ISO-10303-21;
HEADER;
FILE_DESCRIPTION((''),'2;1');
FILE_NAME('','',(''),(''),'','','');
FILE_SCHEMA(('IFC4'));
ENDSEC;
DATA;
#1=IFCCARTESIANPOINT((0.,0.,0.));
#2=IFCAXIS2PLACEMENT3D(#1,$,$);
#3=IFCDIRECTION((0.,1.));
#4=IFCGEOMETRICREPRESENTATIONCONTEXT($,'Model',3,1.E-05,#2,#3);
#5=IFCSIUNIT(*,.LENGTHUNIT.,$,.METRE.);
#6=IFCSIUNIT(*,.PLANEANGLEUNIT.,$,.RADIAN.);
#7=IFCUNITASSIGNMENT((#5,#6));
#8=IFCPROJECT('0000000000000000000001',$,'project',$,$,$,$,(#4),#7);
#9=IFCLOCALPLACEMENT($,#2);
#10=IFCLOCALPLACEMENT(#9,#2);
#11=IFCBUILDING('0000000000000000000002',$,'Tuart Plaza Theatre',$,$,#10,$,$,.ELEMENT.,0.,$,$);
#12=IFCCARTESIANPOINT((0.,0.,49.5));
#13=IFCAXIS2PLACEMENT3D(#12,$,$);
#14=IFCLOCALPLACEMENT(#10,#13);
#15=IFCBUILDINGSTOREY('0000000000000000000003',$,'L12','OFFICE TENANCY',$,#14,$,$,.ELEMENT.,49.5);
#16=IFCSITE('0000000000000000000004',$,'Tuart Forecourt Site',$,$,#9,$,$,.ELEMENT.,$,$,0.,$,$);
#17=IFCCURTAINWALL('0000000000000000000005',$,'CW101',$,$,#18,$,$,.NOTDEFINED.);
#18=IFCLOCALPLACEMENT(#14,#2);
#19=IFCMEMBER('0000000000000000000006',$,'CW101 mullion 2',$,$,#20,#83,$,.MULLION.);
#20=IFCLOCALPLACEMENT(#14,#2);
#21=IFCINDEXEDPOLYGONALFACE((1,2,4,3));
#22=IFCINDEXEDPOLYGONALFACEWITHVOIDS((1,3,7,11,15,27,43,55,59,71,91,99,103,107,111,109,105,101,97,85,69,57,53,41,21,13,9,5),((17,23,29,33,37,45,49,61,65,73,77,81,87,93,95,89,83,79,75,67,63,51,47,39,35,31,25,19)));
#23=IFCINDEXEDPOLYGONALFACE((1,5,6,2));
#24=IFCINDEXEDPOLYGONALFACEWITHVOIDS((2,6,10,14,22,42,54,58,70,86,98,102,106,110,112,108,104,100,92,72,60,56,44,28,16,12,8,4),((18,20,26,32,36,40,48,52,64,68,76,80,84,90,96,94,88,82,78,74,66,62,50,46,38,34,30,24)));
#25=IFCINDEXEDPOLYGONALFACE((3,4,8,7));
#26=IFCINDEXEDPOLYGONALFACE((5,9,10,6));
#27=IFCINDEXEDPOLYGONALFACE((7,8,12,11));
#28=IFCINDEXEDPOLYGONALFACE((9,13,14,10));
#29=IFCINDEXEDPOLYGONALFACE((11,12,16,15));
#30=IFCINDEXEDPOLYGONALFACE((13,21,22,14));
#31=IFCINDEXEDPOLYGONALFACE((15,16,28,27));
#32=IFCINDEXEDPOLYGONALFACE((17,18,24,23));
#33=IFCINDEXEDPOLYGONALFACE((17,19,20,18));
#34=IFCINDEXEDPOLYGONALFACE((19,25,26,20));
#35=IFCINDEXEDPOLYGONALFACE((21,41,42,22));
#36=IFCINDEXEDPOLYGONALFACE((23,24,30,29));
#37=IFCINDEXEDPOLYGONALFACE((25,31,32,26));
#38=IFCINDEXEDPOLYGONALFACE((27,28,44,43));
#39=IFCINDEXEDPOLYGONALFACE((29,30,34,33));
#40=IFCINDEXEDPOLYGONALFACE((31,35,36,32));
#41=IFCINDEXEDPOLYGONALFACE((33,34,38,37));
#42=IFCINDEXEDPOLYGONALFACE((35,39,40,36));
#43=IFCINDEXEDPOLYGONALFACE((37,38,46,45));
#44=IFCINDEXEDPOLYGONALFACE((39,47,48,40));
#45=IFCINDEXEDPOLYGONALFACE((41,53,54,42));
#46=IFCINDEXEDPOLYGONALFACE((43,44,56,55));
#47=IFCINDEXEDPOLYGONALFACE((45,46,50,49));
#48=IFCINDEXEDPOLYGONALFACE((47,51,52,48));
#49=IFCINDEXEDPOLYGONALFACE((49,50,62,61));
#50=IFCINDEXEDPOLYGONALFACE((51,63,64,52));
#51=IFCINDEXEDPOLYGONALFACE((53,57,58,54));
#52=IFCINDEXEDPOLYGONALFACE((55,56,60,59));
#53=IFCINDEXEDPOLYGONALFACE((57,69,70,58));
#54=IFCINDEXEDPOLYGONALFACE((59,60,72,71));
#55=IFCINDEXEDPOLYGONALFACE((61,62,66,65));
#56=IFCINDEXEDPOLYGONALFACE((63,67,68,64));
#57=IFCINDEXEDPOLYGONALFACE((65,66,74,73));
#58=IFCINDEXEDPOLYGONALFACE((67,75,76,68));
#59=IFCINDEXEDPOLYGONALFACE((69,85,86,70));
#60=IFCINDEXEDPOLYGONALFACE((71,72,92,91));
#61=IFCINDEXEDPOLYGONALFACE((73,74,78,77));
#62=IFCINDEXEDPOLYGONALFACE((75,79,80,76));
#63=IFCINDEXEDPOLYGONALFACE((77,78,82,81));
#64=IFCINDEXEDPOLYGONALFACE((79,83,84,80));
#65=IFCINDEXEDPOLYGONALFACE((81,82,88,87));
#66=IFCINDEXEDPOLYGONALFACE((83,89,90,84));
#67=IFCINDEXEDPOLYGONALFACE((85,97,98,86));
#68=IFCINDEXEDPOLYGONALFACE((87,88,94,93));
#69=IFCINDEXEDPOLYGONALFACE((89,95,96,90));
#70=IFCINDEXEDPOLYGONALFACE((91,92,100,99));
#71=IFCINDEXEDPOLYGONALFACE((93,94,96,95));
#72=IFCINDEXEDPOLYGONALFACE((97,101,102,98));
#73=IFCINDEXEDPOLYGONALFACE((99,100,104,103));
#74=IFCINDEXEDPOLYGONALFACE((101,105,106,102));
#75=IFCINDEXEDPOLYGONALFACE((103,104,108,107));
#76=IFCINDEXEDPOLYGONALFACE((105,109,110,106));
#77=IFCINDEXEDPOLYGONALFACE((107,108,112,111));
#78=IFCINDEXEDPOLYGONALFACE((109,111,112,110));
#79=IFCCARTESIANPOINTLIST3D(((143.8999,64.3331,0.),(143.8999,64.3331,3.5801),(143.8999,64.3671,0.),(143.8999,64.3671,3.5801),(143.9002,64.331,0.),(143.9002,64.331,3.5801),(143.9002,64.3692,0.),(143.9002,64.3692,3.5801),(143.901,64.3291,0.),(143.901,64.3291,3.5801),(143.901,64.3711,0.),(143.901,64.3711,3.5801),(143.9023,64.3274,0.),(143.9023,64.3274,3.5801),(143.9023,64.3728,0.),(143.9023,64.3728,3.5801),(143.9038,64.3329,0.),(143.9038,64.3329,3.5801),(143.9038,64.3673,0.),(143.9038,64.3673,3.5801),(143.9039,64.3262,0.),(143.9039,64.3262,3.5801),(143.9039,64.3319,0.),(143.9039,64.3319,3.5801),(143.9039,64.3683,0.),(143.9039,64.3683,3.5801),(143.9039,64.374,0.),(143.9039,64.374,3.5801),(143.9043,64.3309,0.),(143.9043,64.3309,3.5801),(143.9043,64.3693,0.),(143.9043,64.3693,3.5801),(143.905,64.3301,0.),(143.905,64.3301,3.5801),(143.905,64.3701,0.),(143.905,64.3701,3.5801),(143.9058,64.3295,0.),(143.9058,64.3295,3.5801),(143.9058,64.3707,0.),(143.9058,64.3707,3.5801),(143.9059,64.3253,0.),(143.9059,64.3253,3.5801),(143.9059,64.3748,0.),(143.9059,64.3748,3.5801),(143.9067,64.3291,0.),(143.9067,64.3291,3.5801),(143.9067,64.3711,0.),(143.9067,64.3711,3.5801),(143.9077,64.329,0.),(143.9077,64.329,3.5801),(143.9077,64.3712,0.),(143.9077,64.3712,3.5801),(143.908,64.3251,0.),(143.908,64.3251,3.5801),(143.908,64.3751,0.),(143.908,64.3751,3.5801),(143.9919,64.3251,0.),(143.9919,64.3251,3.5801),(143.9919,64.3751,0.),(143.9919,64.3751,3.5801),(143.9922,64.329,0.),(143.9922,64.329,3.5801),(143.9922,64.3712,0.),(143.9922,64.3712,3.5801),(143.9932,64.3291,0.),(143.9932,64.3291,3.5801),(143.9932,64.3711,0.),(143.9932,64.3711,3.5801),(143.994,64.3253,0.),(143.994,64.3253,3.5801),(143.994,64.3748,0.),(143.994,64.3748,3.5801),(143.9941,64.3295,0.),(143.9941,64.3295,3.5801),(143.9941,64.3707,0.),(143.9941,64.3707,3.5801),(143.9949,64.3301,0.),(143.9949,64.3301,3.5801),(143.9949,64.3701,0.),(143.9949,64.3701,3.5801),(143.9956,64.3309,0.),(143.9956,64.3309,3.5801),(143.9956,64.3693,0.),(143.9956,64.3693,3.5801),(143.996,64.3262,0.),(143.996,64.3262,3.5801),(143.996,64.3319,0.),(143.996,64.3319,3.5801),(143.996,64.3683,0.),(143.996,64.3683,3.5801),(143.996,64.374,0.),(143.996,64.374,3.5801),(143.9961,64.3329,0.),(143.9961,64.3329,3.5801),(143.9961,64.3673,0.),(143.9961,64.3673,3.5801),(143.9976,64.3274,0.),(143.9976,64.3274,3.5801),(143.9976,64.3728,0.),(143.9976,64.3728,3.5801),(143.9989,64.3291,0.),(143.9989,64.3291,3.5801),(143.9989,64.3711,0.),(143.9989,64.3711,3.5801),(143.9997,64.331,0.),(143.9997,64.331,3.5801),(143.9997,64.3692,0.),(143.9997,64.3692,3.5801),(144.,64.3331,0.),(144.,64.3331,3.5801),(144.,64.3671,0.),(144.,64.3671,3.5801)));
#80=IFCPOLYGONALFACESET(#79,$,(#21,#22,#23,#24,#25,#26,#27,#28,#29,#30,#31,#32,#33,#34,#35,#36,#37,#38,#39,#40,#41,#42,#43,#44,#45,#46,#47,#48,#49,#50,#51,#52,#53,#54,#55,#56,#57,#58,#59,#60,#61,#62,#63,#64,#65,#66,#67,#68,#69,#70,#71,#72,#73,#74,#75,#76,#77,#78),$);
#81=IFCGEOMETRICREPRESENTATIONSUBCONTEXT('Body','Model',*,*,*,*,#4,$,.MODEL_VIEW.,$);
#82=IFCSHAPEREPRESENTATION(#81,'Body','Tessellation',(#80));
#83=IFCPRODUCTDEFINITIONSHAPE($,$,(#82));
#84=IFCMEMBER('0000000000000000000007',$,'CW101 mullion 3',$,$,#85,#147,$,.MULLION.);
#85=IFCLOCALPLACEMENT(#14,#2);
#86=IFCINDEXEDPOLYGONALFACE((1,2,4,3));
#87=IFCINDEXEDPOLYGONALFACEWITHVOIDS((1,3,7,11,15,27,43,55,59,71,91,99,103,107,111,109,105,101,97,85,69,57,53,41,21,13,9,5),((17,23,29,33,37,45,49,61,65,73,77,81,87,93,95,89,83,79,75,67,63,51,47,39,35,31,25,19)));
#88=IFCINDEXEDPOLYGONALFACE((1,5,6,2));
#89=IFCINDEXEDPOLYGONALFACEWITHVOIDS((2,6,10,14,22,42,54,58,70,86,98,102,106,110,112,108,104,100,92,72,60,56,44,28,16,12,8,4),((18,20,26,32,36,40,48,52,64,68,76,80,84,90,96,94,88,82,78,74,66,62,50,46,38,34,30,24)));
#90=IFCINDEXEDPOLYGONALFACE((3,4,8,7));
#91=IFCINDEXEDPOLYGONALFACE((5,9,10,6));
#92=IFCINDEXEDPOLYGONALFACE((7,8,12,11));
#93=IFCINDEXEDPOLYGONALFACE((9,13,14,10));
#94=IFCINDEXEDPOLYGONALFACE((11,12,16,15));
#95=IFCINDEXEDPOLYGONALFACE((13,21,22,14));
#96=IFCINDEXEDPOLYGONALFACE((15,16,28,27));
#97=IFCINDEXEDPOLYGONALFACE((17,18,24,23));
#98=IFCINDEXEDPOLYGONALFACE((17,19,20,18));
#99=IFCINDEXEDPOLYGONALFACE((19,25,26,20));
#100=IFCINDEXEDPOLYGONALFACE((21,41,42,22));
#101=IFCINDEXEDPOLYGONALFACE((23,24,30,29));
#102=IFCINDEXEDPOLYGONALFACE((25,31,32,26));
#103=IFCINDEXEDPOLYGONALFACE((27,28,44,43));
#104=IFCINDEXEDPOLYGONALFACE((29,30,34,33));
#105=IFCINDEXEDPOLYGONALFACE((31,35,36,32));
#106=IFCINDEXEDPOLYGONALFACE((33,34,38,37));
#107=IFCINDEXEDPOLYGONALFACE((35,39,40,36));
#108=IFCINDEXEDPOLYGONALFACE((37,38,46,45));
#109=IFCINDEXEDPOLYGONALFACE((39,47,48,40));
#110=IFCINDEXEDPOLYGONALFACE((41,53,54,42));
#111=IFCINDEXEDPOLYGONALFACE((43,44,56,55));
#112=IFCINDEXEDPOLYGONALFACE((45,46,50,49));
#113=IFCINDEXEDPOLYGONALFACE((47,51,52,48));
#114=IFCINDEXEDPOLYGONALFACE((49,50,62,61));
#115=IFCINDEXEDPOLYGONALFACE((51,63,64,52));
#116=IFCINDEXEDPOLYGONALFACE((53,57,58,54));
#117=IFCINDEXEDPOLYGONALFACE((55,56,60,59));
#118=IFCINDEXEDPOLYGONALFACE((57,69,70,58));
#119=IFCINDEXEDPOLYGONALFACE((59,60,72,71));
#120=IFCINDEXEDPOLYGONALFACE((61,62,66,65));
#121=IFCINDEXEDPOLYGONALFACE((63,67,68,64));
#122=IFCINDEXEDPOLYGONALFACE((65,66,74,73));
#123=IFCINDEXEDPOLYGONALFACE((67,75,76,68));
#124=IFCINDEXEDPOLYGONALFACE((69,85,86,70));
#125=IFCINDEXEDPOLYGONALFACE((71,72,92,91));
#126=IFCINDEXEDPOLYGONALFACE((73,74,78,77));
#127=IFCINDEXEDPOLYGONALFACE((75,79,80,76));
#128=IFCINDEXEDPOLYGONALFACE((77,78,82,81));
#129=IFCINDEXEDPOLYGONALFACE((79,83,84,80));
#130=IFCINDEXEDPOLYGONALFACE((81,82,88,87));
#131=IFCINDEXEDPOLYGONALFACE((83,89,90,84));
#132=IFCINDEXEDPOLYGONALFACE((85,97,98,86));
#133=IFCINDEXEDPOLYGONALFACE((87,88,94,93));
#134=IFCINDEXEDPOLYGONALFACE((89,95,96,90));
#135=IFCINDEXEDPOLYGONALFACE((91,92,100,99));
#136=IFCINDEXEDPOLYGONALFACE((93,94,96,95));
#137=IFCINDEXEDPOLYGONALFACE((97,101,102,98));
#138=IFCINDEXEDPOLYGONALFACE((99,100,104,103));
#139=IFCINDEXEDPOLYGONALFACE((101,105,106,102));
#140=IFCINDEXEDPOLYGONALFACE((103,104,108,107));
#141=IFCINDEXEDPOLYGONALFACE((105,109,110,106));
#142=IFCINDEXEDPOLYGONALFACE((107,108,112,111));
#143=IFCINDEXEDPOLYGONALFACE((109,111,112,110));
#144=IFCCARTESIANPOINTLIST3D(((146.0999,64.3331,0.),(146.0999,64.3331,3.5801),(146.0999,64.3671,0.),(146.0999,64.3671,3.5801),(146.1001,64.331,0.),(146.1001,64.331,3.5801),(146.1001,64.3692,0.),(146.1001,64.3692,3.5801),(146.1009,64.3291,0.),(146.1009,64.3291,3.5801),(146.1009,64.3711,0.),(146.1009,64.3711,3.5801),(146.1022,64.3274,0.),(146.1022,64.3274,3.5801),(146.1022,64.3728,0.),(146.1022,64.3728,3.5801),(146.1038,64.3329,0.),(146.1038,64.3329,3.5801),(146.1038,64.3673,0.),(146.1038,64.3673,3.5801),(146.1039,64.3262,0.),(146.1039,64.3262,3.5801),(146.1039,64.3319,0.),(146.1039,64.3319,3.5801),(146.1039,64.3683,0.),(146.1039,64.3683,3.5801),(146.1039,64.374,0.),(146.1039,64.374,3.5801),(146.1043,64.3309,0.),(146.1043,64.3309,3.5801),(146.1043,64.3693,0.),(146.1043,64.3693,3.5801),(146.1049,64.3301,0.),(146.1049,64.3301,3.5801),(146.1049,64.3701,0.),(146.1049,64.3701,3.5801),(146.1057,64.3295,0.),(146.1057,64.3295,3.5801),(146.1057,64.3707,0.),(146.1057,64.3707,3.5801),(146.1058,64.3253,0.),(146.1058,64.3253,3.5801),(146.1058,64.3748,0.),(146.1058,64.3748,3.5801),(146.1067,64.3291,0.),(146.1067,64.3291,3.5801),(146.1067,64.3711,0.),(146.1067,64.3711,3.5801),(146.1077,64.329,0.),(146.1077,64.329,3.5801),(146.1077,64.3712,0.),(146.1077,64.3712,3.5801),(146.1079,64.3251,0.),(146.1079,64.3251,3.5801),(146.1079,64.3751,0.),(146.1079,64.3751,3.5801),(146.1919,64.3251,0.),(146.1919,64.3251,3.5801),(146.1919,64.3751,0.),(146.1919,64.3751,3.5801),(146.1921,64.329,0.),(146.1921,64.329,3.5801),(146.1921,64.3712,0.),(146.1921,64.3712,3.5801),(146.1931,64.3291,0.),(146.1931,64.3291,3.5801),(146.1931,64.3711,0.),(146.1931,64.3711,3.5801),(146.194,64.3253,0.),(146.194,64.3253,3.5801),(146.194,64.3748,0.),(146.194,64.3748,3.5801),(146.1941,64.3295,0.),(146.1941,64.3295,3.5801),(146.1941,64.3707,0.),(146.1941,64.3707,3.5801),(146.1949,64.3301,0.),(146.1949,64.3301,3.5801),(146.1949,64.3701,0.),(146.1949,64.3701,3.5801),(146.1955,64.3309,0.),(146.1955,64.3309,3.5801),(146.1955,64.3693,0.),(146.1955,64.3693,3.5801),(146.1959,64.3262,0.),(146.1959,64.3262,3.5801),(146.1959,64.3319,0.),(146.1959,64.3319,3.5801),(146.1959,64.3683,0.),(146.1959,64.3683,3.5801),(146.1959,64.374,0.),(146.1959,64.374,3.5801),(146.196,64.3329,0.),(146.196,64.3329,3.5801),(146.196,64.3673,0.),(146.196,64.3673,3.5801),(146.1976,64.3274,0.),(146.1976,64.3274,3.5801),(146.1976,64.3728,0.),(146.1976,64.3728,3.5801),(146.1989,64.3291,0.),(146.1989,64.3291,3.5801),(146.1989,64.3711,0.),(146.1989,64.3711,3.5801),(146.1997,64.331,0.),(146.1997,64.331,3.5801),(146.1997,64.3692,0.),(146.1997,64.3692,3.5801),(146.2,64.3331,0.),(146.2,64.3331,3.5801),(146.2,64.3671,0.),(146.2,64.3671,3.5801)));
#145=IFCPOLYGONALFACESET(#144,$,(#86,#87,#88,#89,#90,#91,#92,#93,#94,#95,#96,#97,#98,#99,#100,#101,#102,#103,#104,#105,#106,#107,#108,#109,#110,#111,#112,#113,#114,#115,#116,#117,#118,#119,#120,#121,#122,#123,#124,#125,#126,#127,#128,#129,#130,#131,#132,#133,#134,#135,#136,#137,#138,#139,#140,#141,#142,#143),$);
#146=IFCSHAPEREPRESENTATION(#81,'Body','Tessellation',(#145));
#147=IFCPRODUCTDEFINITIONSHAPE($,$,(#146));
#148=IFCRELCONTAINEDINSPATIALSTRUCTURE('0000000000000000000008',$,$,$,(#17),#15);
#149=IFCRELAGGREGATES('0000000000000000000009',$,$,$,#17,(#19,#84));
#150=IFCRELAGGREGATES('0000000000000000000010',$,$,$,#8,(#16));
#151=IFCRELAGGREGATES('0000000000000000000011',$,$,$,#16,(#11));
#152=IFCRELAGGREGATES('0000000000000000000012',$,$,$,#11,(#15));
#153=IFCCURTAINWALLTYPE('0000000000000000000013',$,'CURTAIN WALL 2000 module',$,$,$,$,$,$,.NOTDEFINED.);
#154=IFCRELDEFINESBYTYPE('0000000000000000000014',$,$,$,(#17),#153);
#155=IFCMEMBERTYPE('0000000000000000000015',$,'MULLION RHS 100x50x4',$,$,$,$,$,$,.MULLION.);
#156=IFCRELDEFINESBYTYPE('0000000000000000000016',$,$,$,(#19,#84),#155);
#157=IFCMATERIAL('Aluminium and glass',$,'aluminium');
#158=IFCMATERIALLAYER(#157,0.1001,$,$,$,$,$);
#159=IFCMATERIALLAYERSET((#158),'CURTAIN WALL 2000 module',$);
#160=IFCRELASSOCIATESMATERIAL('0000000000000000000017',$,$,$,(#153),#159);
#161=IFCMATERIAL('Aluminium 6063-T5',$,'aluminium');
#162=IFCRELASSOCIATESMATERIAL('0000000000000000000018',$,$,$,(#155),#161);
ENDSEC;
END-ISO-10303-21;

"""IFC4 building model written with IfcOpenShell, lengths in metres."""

from ifc_helpers import new_model, si_unit, direction, frame, origin, origin_2d, place, context, subcontext, project, spatial, hollow_rectangle, extrude, material, layer, layer_set, material_profile, profile_set, type_object, element, aggregate, save


model = new_model("IFC4")

# Units and contexts
model_context = context("Model", 3, precision=1e-05, world=origin(), true_north=direction((0.0, 1.0)))
body_context = subcontext(model_context, "Body", "Model", "MODEL_VIEW")
ifc_project = project(units=[si_unit("LENGTHUNIT", "METRE"), si_unit("PLANEANGLEUNIT", "RADIAN")], contexts=[model_context])

# Site, building, storey
site_placement = place(None, origin())
site = spatial("IfcSite", under=ifc_project, at=site_placement, Name="Tuart Forecourt Site", CompositionType="ELEMENT", RefElevation=0.0)
building_placement = place(site_placement, origin())
building = spatial("IfcBuilding", under=site, at=building_placement, Name="Tuart Plaza Theatre", CompositionType="ELEMENT", ElevationOfRefHeight=0.0)
storey_placement = place(building_placement, frame((0.0, 0.0, 49.5)))
storey = spatial("IfcBuildingStorey", under=building, at=storey_placement, Name="L12", Description="OFFICE TENANCY", CompositionType="ELEMENT", Elevation=49.5)

# Curtain wall, members
ifc_material_1 = material(Name="Aluminium and glass", Category="aluminium")
ifc_layer_1 = layer(ifc_material_1, 0.1001)
ifc_layer_set_1 = layer_set([ifc_layer_1], Name="CURTAIN WALL 2000 module")
curtain_wall_type = type_object("IfcCurtainWallType", Name="CURTAIN WALL 2000 module", PredefinedType="NOTDEFINED", material=ifc_layer_set_1)
ifc_material_2 = material(Name="Aluminium 6063-T5", Category="aluminium")
ifc_material_profile_1 = material_profile(ifc_material_2, hollow_rectangle(XDim=0.05, YDim=0.1001, WallThickness=0.0039, InnerFilletRadius=0.0039, OuterFilletRadius=0.0081, at=origin_2d()), Name="RHS 100x50x4")
ifc_profile_set_1 = profile_set([ifc_material_profile_1], Name="Aluminium 6063-T5")
member_type_1 = type_object("IfcMemberType", Name="MULLION RHS 100x50x4", PredefinedType="MULLION", material=ifc_profile_set_1)
curtain_wall_1_placement = place(storey_placement, origin())
curtain_wall_1 = element("IfcCurtainWall", 1, at=curtain_wall_1_placement, inside=storey, type_object=curtain_wall_type, Name="CW101", PredefinedType="NOTDEFINED")
member_1_placement = place(storey_placement, frame((143.95, 64.3501, 0.0), z_axis=(0.0, 0.0, 1.0), x_axis=(0.0, 1.0, 0.0)))
member_1 = element("IfcMember", 2, at=member_1_placement, type_object=member_type_1, Name="CW101 mullion 2", PredefinedType="MULLION", context=body_context, shape_type="SweptSolid", body=[
    extrude(hollow_rectangle(XDim=0.05, YDim=0.1001, WallThickness=0.0039, InnerFilletRadius=0.0039, OuterFilletRadius=0.0081, at=origin_2d()), origin(), (0.0, 0.0, 1.0), 3.5801),
])
member_2_placement = place(storey_placement, frame((146.1499, 64.3501, 0.0), z_axis=(0.0, 0.0, 1.0), x_axis=(0.0, 1.0, 0.0)))
member_2 = element("IfcMember", 3, at=member_2_placement, type_object=member_type_1, Name="CW101 mullion 3", PredefinedType="MULLION", context=body_context, shape_type="SweptSolid", body=[
    extrude(hollow_rectangle(XDim=0.05, YDim=0.1001, WallThickness=0.0039, InnerFilletRadius=0.0039, OuterFilletRadius=0.0081, at=origin_2d()), origin(), (0.0, 0.0, 1.0), 3.5801),
])

aggregate(curtain_wall_1, [member_1, member_2])

save(model, "model.ifc")
